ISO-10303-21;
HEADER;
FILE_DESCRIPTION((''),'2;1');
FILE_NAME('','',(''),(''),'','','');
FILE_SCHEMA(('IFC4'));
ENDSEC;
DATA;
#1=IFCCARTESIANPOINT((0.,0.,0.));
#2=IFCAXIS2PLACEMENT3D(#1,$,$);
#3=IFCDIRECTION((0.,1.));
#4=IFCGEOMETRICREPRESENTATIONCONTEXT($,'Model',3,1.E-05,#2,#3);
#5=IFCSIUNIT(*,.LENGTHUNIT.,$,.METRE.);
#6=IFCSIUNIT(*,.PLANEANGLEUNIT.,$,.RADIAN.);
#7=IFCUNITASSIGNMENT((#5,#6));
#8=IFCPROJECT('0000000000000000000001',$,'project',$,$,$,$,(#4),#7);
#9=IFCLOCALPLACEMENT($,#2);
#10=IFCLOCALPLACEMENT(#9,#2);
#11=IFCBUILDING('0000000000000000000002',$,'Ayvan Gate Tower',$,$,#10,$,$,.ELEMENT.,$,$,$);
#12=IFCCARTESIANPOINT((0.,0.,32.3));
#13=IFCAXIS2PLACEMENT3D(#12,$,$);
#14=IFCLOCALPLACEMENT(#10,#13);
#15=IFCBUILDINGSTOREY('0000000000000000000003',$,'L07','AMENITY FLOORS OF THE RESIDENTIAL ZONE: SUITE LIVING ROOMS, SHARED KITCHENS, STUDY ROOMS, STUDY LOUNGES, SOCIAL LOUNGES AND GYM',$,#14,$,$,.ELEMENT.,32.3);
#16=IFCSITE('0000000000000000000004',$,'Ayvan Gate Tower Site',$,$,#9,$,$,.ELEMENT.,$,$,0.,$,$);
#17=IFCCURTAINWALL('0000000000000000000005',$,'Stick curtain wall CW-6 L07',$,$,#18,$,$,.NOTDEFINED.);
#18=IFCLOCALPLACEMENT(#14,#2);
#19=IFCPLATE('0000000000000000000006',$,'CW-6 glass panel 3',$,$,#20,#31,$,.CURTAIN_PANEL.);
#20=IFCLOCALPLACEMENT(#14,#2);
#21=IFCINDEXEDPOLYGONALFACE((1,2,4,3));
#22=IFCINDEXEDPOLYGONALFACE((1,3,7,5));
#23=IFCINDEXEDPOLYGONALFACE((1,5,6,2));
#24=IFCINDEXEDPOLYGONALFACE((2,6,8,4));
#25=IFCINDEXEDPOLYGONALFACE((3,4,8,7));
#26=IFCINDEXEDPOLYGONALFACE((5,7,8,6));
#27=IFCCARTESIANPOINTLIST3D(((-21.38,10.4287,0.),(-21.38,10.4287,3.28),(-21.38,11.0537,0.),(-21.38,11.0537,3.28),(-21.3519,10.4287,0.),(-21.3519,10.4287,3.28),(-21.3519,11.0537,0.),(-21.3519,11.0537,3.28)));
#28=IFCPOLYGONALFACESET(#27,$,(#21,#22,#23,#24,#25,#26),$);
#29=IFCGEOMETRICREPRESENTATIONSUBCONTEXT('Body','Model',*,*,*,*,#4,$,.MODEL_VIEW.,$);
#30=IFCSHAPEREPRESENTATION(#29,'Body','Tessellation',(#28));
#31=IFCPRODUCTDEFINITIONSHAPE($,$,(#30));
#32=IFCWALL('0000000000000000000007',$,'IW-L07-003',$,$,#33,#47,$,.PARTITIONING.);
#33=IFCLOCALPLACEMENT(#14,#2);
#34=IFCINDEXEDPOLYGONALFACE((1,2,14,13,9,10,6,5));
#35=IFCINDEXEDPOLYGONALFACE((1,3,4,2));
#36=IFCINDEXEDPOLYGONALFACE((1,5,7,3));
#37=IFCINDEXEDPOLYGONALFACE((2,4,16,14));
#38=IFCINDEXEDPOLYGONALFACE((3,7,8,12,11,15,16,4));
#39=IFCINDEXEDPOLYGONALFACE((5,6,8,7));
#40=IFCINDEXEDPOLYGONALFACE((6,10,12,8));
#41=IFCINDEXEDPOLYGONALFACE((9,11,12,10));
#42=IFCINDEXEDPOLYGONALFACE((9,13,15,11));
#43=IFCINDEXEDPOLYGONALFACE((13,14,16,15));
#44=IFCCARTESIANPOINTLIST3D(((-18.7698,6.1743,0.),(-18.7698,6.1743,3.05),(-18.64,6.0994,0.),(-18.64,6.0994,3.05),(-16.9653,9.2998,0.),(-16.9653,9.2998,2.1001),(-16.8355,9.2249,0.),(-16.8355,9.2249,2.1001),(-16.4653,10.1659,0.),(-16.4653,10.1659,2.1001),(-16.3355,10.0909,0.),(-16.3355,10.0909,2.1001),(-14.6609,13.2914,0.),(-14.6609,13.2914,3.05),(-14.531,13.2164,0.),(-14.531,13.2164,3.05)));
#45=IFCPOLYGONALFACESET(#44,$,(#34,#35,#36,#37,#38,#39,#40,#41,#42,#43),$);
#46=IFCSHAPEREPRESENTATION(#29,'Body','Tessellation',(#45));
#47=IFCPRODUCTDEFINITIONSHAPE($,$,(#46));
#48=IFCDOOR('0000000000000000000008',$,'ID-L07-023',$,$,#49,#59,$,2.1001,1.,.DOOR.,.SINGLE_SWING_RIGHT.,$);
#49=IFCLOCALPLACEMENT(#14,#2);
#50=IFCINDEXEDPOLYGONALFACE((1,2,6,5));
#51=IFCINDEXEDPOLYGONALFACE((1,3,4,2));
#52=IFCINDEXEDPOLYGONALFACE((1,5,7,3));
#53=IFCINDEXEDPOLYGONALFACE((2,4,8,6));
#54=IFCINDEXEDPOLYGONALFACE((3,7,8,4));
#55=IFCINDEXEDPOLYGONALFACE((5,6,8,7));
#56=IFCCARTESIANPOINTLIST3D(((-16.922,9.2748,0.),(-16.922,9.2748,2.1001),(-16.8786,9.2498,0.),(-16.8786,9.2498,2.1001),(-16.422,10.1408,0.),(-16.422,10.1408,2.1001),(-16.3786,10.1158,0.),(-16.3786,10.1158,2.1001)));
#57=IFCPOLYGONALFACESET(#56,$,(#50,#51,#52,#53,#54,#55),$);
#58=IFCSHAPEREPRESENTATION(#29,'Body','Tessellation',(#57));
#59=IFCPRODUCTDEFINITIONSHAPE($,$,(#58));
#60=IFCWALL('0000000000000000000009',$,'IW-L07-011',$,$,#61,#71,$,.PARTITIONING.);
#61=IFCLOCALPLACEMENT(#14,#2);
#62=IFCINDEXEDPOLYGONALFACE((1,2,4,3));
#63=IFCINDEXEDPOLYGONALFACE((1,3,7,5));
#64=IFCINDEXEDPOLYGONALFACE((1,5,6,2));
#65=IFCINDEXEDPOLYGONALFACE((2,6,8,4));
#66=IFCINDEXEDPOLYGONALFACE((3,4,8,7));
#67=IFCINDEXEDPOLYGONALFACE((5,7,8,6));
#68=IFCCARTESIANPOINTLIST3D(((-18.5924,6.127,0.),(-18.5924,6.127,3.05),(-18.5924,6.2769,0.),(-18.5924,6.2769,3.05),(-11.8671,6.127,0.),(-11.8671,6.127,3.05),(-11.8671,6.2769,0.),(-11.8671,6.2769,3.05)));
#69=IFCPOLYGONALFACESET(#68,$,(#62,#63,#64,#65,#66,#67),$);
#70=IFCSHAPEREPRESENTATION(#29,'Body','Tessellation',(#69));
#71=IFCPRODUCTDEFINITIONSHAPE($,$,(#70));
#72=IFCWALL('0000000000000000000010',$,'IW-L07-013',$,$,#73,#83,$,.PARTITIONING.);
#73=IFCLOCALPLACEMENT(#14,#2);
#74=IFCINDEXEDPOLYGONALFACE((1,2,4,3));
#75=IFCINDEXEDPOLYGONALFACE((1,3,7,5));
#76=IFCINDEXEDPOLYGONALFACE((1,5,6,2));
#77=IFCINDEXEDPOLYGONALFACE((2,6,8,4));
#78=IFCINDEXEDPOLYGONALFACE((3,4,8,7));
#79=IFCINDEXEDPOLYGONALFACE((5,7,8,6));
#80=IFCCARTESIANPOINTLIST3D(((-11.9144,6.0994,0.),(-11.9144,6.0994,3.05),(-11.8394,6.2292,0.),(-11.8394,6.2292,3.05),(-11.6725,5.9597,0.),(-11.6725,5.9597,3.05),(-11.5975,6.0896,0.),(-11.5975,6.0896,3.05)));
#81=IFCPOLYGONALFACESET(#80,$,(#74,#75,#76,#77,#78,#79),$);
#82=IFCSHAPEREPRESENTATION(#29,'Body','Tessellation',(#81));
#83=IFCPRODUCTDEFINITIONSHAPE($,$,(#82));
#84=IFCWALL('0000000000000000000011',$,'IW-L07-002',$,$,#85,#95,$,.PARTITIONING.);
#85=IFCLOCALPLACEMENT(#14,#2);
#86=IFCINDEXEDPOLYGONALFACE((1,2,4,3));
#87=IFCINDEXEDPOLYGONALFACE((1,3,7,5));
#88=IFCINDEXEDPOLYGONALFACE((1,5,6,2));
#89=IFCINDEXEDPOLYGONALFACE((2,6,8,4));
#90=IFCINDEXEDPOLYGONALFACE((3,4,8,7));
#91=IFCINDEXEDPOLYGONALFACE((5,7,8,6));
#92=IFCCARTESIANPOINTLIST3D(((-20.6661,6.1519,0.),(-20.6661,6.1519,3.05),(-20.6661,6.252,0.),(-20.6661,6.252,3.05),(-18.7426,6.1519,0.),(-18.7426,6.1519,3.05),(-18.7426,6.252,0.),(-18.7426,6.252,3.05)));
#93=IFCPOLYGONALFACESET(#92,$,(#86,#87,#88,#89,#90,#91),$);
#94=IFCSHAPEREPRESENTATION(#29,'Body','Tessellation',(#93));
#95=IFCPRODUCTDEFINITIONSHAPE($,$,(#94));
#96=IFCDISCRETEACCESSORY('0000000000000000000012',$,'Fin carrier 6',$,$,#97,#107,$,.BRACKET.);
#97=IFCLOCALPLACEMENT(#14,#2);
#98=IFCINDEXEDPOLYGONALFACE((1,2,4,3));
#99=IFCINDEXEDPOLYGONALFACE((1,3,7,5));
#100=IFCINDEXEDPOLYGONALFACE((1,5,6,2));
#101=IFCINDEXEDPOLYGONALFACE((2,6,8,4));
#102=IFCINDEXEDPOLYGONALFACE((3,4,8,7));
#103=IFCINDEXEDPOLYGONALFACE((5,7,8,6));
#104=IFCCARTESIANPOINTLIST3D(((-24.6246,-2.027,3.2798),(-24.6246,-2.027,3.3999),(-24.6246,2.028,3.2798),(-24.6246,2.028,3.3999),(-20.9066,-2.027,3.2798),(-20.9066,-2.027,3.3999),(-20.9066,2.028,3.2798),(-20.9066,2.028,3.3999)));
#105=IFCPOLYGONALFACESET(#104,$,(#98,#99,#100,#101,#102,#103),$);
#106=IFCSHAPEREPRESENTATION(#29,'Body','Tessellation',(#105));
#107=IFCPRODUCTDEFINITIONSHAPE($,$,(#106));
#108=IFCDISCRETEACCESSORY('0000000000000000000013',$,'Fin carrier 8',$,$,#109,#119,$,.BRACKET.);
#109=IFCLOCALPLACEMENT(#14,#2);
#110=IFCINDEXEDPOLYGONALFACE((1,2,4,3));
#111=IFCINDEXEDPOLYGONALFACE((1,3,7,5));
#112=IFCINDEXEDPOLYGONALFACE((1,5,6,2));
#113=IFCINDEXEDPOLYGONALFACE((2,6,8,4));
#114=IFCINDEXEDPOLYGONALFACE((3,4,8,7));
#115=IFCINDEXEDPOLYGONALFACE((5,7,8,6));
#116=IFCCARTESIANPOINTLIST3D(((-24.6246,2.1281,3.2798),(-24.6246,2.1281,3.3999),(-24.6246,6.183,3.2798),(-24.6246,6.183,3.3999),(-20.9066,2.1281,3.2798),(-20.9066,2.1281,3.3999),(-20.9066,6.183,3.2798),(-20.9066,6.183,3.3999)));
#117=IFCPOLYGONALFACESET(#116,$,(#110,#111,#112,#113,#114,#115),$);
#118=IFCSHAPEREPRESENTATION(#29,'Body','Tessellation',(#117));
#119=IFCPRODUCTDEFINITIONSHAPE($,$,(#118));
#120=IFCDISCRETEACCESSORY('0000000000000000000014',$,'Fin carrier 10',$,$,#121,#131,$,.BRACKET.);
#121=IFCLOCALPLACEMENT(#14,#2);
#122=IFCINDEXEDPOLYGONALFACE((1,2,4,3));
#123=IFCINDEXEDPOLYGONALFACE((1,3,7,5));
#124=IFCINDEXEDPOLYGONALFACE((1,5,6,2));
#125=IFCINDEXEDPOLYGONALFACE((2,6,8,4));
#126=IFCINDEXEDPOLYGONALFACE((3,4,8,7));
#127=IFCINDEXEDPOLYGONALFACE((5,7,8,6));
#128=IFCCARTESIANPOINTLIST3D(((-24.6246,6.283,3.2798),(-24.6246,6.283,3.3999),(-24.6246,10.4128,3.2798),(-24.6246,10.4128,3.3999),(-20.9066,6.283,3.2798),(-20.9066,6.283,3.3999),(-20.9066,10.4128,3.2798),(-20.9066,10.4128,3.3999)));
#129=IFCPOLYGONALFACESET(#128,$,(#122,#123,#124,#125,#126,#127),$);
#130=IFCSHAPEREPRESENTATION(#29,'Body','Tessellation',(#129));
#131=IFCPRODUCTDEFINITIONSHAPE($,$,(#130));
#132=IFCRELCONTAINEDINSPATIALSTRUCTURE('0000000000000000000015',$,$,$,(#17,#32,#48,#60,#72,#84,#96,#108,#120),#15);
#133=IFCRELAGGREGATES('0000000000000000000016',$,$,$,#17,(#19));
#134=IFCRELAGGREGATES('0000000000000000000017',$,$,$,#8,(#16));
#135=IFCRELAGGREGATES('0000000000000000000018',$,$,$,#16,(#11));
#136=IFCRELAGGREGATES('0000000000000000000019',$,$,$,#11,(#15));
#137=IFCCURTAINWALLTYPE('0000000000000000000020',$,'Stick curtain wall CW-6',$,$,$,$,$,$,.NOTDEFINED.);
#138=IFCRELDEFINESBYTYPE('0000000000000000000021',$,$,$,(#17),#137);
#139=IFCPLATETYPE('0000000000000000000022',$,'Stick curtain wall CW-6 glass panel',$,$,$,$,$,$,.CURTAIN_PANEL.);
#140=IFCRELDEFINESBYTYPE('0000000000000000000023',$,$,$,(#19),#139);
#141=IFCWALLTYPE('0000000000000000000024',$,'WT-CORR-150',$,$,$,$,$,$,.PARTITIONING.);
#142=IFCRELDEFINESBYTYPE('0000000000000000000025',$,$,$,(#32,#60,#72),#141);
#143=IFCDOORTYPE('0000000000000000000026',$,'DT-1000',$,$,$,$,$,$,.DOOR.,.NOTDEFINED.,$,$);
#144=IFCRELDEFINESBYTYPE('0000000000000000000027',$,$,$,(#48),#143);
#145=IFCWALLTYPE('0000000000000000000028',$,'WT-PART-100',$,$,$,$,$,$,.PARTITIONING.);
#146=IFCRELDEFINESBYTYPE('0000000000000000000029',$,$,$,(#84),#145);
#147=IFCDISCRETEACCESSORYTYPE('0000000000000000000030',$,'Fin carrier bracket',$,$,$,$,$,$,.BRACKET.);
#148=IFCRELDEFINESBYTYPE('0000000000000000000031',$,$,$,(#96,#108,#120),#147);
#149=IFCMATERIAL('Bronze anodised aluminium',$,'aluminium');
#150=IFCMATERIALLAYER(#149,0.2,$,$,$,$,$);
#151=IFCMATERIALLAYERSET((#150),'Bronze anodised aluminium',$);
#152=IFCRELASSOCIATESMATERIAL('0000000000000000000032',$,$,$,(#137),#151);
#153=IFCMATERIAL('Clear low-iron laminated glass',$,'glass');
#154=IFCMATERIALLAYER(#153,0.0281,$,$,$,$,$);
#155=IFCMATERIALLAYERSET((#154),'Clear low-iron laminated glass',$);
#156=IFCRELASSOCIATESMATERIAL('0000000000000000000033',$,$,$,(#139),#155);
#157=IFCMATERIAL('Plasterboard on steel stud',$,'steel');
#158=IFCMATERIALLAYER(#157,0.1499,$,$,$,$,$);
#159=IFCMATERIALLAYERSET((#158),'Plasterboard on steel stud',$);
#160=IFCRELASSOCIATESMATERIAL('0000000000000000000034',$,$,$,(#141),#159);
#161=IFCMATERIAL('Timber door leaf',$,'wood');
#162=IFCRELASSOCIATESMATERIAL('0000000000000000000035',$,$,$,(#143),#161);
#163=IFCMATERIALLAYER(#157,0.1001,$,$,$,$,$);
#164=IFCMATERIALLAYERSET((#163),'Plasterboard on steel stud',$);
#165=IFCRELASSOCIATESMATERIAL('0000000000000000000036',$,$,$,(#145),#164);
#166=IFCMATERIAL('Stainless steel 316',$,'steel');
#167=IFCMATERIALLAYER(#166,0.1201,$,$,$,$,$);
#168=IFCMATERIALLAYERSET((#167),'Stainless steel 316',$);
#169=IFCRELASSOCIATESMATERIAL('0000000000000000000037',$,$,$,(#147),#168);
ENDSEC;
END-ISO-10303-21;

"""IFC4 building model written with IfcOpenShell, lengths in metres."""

from ifc_helpers import new_model, si_unit, direction, frame, frame_2d, origin, origin_2d, place, context, subcontext, project, spatial, rectangle, extrude, material, layer, layer_set, type_object, element, fill, aggregate, save


model = new_model("IFC4")

# Units and contexts
model_context = context("Model", 3, precision=1e-05, world=origin(), true_north=direction((0.0, 1.0)))
body_context = subcontext(model_context, "Body", "Model", "MODEL_VIEW")
ifc_project = project(units=[si_unit("LENGTHUNIT", "METRE"), si_unit("PLANEANGLEUNIT", "RADIAN")], contexts=[model_context])

# Site, building, storey
site_placement = place(None, origin())
site = spatial("IfcSite", under=ifc_project, at=site_placement, Name="Ayvan Gate Tower Site", CompositionType="ELEMENT", RefElevation=0.0)
building_placement = place(site_placement, origin())
building = spatial("IfcBuilding", under=site, at=building_placement, Name="Ayvan Gate Tower", CompositionType="ELEMENT")
storey_placement = place(building_placement, frame((0.0, 0.0, 32.3)))
storey = spatial("IfcBuildingStorey", under=building, at=storey_placement, Name="L07", Description="AMENITY FLOORS OF THE RESIDENTIAL ZONE: SUITE LIVING ROOMS, SHARED KITCHENS, STUDY ROOMS, STUDY LOUNGES, SOCIAL LOUNGES AND GYM", CompositionType="ELEMENT", Elevation=32.3)

# Curtain wall
ifc_material_1 = material(Name="Bronze anodised aluminium", Category="aluminium")
ifc_layer_1 = layer(ifc_material_1, 0.2)
ifc_layer_set_1 = layer_set([ifc_layer_1], Name="Bronze anodised aluminium")
curtain_wall_type_1 = type_object("IfcCurtainWallType", Name="Stick curtain wall CW-6", PredefinedType="NOTDEFINED", material=ifc_layer_set_1)
curtain_wall_1_placement = place(storey_placement, origin())
curtain_wall_1 = element("IfcCurtainWall", 1, at=curtain_wall_1_placement, inside=storey, type_object=curtain_wall_type_1, Name="Stick curtain wall CW-6 L07", PredefinedType="NOTDEFINED")

# Plate
ifc_material_2 = material(Name="Clear low-iron laminated glass", Category="glass")
ifc_layer_2 = layer(ifc_material_2, 0.0281)
ifc_layer_set_2 = layer_set([ifc_layer_2], Name="Clear low-iron laminated glass")
plate_type_1 = type_object("IfcPlateType", Name="Stick curtain wall CW-6 glass panel", PredefinedType="CURTAIN_PANEL", material=ifc_layer_set_2)
plate_1_placement = place(storey_placement, frame((-21.366, 10.7412, 0.0), z_axis=(0.0, 0.0, 1.0), x_axis=(0.0, -1.0, 0.0)))
plate_1 = element("IfcPlate", 2, at=plate_1_placement, type_object=plate_type_1, Name="CW-6 glass panel 3", PredefinedType="CURTAIN_PANEL", context=body_context, shape_type="SweptSolid", body=[
    extrude(rectangle(XDim=0.625, YDim=0.0281, at=origin_2d()), origin(), (0.0, 0.0, 1.0), 3.28),
])
aggregate(curtain_wall_1, [plate_1])

# Wall, opening, door
ifc_material_3 = material(Name="Plasterboard on steel stud", Category="steel")
ifc_layer_3 = layer(ifc_material_3, 0.1499)
ifc_layer_set_3 = layer_set([ifc_layer_3], Name="Plasterboard on steel stud")
wall_type_1 = type_object("IfcWallType", Name="WT-CORR-150", PredefinedType="PARTITIONING", material=ifc_layer_set_3)
wall_1_placement = place(storey_placement, frame((-18.7048, 6.137, 0.0), z_axis=(0.0, 0.0, 1.0), x_axis=(0.499992, 0.86603, 0.0)))
wall_1 = element("IfcWall", 3, at=wall_1_placement, inside=storey, type_object=wall_type_1, Name="IW-L07-003", PredefinedType="PARTITIONING", context=body_context, shape_type="SweptSolid", body=[
    extrude(rectangle(XDim=8.218, YDim=0.1499, at=frame_2d((4.1089, 0.0))), origin(), (0.0, 0.0, 1.0), 3.05),
])
opening_placement = place(wall_1_placement, frame((3.6089, 0.0, 0.0)))
opening = element("IfcOpeningElement", 4, at=opening_placement, cuts=wall_1, PredefinedType="OPENING", context=body_context, shape_type="SweptSolid", body=[
    extrude(rectangle(XDim=1.0, YDim=2.1001, at=frame_2d((0.5, 1.05))), frame((0.0, 0.085, 0.0), z_axis=(0.0, -1.0, 0.0), x_axis=(1.0, 0.0, 0.0)), (0.0, 0.0, 1.0), 0.1699),
])
ifc_material_4 = material(Name="Timber door leaf", Category="wood")
door_type = type_object("IfcDoorType", Name="DT-1000", OperationType="NOTDEFINED", PredefinedType="DOOR", material=ifc_material_4)
door_placement = place(opening_placement, origin())
door = element("IfcDoor", 5, at=door_placement, inside=storey, type_object=door_type, Name="ID-L07-023", OperationType="SINGLE_SWING_RIGHT", OverallHeight=2.1001, OverallWidth=1.0, PredefinedType="DOOR", context=body_context, shape_type="SweptSolid", body=[
    extrude(rectangle(XDim=1.0, YDim=2.1001, at=frame_2d((0.5, 1.05))), frame((0.0, 0.0249, 0.0), z_axis=(0.0, -1.0, 0.0), x_axis=(1.0, 0.0, 0.0)), (0.0, 0.0, 1.0), 0.05),
])
fill(opening, door)

# Walls
wall_2_placement = place(storey_placement, frame((-11.8669, 6.2019, 0.0), z_axis=(0.0, 0.0, 1.0), x_axis=(-1.0, 0.0, 0.0)))
element("IfcWall", 6, at=wall_2_placement, inside=storey, type_object=wall_type_1, Name="IW-L07-011", PredefinedType="PARTITIONING", context=body_context, shape_type="SweptSolid", body=[
    extrude(rectangle(XDim=6.7253, YDim=0.1499, at=frame_2d((3.3628, 0.0))), origin(), (0.0, 0.0, 1.0), 3.05),
])
wall_3_placement = place(storey_placement, frame((-11.635, 6.0247, 0.0), z_axis=(0.0, 0.0, 1.0), x_axis=(-0.866084, 0.499899, 0.0)))
element("IfcWall", 7, at=wall_3_placement, inside=storey, type_object=wall_type_1, Name="IW-L07-013", PredefinedType="PARTITIONING", context=body_context, shape_type="SweptSolid", body=[
    extrude(rectangle(XDim=0.2793, YDim=0.1499, at=frame_2d((0.1396, 0.0))), origin(), (0.0, 0.0, 1.0), 3.05),
])
ifc_layer_4 = layer(ifc_material_3, 0.1001)
ifc_layer_set_4 = layer_set([ifc_layer_4], Name="Plasterboard on steel stud")
wall_type_2 = type_object("IfcWallType", Name="WT-PART-100", PredefinedType="PARTITIONING", material=ifc_layer_set_4)
wall_4_placement = place(storey_placement, frame((-18.7424, 6.2019, 0.0), z_axis=(0.0, 0.0, 1.0), x_axis=(-1.0, 0.0, 0.0)))
element("IfcWall", 8, at=wall_4_placement, inside=storey, type_object=wall_type_2, Name="IW-L07-002", PredefinedType="PARTITIONING", context=body_context, shape_type="SweptSolid", body=[
    extrude(rectangle(XDim=1.9236, YDim=0.1001, at=frame_2d((0.9619, 0.0))), origin(), (0.0, 0.0, 1.0), 3.05),
])

# Discrete accessories
ifc_material_5 = material(Name="Stainless steel 316", Category="steel")
ifc_layer_5 = layer(ifc_material_5, 0.1201)
ifc_layer_set_5 = layer_set([ifc_layer_5], Name="Stainless steel 316")
discrete_accessory_type = type_object("IfcDiscreteAccessoryType", Name="Fin carrier bracket", PredefinedType="BRACKET", material=ifc_layer_set_5)
for number, where, z_axis, x_axis, name in (
    (9, (-22.7656, 0.0005, 3.2798), (0.0, 0.0, 1.0), (0.0, -1.0, 0.0), "Fin carrier 6"),
    (10, (-22.7656, 4.1555, 3.2798), (0.0, 0.0, 1.0), (0.0, -1.0, 0.0), "Fin carrier 8"),
):
    element("IfcDiscreteAccessory", number, at=place(storey_placement, frame(where, z_axis=z_axis, x_axis=x_axis)), inside=storey, type_object=discrete_accessory_type, Name=name, PredefinedType="BRACKET", context=body_context, shape_type="SweptSolid", body=[
        extrude(rectangle(XDim=4.0549, YDim=3.718, at=origin_2d()), origin(), (0.0, 0.0, 1.0), 0.1201),
    ])
discrete_accessory_placement = place(storey_placement, frame((-22.7656, 8.3479, 3.2798), z_axis=(0.0, 0.0, 1.0), x_axis=(0.0, -1.0, 0.0)))
element("IfcDiscreteAccessory", 11, at=discrete_accessory_placement, inside=storey, type_object=discrete_accessory_type, Name="Fin carrier 10", PredefinedType="BRACKET", context=body_context, shape_type="SweptSolid", body=[
    extrude(rectangle(XDim=4.1299, YDim=3.718, at=origin_2d()), origin(), (0.0, 0.0, 1.0), 0.1201),
])

save(model, "model.ifc")
